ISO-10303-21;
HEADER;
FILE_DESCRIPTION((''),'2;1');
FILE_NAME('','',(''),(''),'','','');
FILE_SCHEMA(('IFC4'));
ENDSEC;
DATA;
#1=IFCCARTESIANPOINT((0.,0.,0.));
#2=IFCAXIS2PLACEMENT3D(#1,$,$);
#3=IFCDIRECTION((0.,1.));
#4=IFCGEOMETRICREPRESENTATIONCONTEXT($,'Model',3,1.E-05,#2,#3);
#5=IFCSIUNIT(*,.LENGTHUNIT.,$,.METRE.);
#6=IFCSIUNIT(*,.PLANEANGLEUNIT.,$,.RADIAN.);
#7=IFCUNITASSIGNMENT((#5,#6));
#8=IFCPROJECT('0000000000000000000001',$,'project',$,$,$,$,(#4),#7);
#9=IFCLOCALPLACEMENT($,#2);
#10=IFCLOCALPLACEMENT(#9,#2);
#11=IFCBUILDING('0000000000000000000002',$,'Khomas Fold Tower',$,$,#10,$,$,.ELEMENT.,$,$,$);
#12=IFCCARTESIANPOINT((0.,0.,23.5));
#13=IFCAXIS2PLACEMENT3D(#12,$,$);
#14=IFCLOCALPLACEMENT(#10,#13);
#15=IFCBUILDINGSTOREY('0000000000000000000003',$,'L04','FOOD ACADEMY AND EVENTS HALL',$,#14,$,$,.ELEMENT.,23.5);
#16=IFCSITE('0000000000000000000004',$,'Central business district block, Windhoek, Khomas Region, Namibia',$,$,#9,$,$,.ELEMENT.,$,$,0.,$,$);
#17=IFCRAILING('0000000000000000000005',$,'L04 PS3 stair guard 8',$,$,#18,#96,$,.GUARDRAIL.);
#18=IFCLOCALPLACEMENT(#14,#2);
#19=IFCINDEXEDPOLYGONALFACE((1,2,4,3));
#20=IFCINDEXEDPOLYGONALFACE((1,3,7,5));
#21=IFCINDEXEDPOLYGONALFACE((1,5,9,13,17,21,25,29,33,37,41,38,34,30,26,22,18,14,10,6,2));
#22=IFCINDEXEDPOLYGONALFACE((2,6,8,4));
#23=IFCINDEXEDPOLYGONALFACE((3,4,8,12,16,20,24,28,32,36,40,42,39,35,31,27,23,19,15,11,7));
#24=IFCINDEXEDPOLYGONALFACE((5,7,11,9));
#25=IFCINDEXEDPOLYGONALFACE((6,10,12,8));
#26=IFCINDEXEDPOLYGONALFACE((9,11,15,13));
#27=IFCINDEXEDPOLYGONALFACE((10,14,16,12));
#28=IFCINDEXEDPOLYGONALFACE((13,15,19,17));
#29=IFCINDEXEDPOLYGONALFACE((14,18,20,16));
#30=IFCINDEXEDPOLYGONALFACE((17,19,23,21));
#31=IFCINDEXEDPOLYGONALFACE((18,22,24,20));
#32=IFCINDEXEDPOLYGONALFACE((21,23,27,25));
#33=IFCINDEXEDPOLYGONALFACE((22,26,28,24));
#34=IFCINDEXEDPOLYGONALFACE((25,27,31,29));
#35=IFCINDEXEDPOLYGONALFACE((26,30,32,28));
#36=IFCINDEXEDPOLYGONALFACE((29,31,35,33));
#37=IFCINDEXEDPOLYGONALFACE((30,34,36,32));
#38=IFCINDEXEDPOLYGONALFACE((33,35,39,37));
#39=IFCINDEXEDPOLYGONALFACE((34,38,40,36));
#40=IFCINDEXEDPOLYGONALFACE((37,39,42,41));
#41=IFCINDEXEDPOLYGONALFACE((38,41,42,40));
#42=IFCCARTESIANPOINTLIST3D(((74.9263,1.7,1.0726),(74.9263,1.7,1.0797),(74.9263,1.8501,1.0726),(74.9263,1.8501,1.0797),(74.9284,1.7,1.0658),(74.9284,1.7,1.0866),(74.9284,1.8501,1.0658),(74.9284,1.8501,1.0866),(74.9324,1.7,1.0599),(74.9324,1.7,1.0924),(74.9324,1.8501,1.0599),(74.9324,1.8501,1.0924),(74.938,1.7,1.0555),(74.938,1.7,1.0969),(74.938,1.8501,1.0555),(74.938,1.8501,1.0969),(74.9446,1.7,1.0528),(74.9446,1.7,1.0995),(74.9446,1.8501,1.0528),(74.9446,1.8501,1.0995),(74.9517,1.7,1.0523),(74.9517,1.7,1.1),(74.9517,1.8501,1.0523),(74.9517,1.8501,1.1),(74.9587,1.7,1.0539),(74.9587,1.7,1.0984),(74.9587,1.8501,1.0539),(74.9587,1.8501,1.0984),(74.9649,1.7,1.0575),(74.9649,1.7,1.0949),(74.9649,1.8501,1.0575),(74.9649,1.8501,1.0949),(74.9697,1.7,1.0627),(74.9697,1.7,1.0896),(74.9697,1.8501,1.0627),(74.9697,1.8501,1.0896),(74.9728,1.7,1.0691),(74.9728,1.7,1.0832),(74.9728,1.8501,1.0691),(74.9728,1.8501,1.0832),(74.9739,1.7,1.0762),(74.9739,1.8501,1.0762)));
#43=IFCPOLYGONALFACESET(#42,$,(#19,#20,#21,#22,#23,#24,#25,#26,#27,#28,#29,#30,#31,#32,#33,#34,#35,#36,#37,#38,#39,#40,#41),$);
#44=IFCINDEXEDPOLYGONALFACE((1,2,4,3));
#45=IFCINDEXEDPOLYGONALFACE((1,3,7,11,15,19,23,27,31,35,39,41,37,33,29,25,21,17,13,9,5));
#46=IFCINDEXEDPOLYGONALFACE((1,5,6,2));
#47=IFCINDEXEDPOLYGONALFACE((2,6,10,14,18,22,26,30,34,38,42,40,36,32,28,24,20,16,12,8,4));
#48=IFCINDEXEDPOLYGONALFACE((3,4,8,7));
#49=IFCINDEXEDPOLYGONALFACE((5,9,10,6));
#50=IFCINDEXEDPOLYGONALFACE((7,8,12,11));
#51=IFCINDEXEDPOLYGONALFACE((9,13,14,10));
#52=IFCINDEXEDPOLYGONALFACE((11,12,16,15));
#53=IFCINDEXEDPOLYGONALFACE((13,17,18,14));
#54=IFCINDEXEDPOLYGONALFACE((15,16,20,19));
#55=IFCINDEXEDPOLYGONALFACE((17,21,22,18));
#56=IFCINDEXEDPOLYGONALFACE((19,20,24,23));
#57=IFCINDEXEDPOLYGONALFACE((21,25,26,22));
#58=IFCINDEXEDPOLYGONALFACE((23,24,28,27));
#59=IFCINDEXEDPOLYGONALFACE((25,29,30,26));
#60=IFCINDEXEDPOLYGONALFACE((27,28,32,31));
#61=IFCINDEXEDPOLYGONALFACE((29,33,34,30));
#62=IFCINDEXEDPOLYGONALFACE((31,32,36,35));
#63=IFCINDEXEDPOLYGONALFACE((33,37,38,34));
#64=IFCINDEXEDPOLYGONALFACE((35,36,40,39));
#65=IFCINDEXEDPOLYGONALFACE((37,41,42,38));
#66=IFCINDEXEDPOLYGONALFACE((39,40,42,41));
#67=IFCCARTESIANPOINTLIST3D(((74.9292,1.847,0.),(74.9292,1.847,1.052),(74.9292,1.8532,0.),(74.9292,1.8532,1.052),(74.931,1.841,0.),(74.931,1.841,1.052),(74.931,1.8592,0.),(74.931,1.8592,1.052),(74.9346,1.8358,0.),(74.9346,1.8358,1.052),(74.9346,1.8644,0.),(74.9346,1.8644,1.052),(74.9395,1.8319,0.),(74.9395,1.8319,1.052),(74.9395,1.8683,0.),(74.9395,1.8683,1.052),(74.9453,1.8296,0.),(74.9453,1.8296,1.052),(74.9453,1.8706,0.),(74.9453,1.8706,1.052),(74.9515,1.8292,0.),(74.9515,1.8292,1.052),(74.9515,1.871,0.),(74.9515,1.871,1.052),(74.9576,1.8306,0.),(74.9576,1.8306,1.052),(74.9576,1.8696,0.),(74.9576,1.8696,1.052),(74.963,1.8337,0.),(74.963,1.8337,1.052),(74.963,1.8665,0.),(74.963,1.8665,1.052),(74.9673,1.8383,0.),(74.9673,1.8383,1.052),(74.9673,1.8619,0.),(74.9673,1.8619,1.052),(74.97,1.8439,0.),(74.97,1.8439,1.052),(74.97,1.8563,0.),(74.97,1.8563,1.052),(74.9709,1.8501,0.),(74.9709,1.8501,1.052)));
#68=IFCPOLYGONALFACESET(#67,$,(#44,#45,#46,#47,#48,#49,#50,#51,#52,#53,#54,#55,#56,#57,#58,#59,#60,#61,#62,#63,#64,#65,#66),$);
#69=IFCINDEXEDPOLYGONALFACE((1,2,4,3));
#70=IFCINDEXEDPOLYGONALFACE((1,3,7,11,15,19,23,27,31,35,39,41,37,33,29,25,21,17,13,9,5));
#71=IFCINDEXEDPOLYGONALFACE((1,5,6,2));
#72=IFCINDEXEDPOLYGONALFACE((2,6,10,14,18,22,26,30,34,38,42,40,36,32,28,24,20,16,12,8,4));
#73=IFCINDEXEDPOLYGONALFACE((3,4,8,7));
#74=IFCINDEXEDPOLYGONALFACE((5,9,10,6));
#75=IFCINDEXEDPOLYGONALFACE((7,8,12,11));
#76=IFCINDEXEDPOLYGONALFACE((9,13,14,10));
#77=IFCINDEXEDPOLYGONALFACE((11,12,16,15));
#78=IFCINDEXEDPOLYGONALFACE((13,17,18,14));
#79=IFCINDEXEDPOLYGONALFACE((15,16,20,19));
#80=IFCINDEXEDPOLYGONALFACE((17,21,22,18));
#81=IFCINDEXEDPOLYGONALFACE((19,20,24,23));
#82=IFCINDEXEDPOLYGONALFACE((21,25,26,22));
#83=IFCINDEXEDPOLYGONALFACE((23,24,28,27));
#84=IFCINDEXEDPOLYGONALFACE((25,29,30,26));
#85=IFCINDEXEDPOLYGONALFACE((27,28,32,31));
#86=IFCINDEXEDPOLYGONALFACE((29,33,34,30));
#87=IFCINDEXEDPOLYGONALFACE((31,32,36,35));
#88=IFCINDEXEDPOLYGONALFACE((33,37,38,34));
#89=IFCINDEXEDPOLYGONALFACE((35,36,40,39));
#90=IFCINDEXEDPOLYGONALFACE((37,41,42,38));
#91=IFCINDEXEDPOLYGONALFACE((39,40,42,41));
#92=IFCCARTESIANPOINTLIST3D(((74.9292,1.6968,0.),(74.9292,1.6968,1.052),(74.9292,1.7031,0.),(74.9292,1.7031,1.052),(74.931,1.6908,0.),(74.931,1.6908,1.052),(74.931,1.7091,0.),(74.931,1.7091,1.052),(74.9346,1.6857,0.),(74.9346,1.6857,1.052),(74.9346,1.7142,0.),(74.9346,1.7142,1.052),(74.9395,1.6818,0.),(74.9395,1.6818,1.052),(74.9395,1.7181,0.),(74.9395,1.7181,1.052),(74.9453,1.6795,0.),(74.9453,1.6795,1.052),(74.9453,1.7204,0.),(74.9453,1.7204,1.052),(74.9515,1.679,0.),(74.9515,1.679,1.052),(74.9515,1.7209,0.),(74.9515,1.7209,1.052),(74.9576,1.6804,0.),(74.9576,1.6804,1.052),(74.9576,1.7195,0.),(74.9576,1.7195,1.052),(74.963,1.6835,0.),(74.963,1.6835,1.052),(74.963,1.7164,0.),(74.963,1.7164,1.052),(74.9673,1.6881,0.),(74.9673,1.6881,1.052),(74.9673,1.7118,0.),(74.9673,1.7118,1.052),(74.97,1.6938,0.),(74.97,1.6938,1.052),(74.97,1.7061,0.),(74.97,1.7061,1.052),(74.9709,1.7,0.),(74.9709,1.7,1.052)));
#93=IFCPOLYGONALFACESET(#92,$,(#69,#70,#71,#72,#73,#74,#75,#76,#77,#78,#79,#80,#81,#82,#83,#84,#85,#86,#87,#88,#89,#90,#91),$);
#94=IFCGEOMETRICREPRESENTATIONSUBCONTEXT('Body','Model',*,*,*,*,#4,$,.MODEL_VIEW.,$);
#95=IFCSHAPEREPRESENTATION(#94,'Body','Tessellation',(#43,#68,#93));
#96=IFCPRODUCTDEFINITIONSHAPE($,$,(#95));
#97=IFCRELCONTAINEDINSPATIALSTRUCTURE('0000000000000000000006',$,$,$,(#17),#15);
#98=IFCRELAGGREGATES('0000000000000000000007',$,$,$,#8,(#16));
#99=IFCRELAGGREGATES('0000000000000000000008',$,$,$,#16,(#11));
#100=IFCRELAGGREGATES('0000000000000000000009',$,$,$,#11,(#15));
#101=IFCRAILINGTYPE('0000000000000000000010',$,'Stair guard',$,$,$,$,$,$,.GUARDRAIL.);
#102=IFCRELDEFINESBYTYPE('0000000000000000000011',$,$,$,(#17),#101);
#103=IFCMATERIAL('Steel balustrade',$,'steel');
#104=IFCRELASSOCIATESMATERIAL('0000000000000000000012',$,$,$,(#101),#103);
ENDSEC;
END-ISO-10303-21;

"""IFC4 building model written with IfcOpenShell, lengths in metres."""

from ifc_helpers import new_model, si_unit, direction, frame, origin, origin_2d, place, context, subcontext, project, spatial, circle, extrude, source, transform, mapped, material, type_object, element, save


model = new_model("IFC4")

# Units and contexts
model_context = context("Model", 3, precision=1e-05, world=origin(), true_north=direction((0.0, 1.0)))
body_context = subcontext(model_context, "Body", "Model", "MODEL_VIEW")
ifc_project = project(units=[si_unit("LENGTHUNIT", "METRE"), si_unit("PLANEANGLEUNIT", "RADIAN")], contexts=[model_context])

# Site, building, storey
site_placement = place(None, origin())
site = spatial("IfcSite", under=ifc_project, at=site_placement, Name="Central business district block, Windhoek, Khomas Region, Namibia", CompositionType="ELEMENT", RefElevation=0.0)
building_placement = place(site_placement, origin())
building = spatial("IfcBuilding", under=site, at=building_placement, Name="Khomas Fold Tower", CompositionType="ELEMENT")
storey_placement = place(building_placement, frame((0.0, 0.0, 23.5)))
storey = spatial("IfcBuildingStorey", under=building, at=storey_placement, Name="L04", Description="FOOD ACADEMY AND EVENTS HALL", CompositionType="ELEMENT", Elevation=23.5)

# Railing
ifc_material_1 = material(Name="Steel balustrade", Category="steel")
railing_type_1 = type_object("IfcRailingType", Name="Stair guard", PredefinedType="GUARDRAIL", material=ifc_material_1)
shared_shape_1 = source(origin(), body_context, "Body", "SweptSolid", [
    extrude(circle(Radius=0.0239, at=origin_2d()), frame((0.0, 0.0, 1.0762), z_axis=(0.0, -1.0, 0.0), x_axis=(1.0, 0.0, 0.0)), (0.0, 0.0, 1.0), 0.1501),
    extrude(circle(Radius=0.021, at=origin_2d()), origin(), (0.0, 0.0, 1.0), 1.052),
    extrude(circle(Radius=0.021, at=origin_2d()), frame((0.0, -0.1501, 0.0)), (0.0, 0.0, 1.0), 1.052),
])
for number, where, name in (
    (1, (74.95, 1.8501, 0.0), "L04 PS3 stair guard 8"),
):
    element("IfcRailing", number, at=place(storey_placement, frame(where)), inside=storey, type_object=railing_type_1, Name=name, PredefinedType="GUARDRAIL", context=body_context, shape_type="MappedRepresentation", body=[
        mapped(shared_shape_1, transform((0.0, 0.0, 0.0))),
    ])

save(model, "model.ifc")
